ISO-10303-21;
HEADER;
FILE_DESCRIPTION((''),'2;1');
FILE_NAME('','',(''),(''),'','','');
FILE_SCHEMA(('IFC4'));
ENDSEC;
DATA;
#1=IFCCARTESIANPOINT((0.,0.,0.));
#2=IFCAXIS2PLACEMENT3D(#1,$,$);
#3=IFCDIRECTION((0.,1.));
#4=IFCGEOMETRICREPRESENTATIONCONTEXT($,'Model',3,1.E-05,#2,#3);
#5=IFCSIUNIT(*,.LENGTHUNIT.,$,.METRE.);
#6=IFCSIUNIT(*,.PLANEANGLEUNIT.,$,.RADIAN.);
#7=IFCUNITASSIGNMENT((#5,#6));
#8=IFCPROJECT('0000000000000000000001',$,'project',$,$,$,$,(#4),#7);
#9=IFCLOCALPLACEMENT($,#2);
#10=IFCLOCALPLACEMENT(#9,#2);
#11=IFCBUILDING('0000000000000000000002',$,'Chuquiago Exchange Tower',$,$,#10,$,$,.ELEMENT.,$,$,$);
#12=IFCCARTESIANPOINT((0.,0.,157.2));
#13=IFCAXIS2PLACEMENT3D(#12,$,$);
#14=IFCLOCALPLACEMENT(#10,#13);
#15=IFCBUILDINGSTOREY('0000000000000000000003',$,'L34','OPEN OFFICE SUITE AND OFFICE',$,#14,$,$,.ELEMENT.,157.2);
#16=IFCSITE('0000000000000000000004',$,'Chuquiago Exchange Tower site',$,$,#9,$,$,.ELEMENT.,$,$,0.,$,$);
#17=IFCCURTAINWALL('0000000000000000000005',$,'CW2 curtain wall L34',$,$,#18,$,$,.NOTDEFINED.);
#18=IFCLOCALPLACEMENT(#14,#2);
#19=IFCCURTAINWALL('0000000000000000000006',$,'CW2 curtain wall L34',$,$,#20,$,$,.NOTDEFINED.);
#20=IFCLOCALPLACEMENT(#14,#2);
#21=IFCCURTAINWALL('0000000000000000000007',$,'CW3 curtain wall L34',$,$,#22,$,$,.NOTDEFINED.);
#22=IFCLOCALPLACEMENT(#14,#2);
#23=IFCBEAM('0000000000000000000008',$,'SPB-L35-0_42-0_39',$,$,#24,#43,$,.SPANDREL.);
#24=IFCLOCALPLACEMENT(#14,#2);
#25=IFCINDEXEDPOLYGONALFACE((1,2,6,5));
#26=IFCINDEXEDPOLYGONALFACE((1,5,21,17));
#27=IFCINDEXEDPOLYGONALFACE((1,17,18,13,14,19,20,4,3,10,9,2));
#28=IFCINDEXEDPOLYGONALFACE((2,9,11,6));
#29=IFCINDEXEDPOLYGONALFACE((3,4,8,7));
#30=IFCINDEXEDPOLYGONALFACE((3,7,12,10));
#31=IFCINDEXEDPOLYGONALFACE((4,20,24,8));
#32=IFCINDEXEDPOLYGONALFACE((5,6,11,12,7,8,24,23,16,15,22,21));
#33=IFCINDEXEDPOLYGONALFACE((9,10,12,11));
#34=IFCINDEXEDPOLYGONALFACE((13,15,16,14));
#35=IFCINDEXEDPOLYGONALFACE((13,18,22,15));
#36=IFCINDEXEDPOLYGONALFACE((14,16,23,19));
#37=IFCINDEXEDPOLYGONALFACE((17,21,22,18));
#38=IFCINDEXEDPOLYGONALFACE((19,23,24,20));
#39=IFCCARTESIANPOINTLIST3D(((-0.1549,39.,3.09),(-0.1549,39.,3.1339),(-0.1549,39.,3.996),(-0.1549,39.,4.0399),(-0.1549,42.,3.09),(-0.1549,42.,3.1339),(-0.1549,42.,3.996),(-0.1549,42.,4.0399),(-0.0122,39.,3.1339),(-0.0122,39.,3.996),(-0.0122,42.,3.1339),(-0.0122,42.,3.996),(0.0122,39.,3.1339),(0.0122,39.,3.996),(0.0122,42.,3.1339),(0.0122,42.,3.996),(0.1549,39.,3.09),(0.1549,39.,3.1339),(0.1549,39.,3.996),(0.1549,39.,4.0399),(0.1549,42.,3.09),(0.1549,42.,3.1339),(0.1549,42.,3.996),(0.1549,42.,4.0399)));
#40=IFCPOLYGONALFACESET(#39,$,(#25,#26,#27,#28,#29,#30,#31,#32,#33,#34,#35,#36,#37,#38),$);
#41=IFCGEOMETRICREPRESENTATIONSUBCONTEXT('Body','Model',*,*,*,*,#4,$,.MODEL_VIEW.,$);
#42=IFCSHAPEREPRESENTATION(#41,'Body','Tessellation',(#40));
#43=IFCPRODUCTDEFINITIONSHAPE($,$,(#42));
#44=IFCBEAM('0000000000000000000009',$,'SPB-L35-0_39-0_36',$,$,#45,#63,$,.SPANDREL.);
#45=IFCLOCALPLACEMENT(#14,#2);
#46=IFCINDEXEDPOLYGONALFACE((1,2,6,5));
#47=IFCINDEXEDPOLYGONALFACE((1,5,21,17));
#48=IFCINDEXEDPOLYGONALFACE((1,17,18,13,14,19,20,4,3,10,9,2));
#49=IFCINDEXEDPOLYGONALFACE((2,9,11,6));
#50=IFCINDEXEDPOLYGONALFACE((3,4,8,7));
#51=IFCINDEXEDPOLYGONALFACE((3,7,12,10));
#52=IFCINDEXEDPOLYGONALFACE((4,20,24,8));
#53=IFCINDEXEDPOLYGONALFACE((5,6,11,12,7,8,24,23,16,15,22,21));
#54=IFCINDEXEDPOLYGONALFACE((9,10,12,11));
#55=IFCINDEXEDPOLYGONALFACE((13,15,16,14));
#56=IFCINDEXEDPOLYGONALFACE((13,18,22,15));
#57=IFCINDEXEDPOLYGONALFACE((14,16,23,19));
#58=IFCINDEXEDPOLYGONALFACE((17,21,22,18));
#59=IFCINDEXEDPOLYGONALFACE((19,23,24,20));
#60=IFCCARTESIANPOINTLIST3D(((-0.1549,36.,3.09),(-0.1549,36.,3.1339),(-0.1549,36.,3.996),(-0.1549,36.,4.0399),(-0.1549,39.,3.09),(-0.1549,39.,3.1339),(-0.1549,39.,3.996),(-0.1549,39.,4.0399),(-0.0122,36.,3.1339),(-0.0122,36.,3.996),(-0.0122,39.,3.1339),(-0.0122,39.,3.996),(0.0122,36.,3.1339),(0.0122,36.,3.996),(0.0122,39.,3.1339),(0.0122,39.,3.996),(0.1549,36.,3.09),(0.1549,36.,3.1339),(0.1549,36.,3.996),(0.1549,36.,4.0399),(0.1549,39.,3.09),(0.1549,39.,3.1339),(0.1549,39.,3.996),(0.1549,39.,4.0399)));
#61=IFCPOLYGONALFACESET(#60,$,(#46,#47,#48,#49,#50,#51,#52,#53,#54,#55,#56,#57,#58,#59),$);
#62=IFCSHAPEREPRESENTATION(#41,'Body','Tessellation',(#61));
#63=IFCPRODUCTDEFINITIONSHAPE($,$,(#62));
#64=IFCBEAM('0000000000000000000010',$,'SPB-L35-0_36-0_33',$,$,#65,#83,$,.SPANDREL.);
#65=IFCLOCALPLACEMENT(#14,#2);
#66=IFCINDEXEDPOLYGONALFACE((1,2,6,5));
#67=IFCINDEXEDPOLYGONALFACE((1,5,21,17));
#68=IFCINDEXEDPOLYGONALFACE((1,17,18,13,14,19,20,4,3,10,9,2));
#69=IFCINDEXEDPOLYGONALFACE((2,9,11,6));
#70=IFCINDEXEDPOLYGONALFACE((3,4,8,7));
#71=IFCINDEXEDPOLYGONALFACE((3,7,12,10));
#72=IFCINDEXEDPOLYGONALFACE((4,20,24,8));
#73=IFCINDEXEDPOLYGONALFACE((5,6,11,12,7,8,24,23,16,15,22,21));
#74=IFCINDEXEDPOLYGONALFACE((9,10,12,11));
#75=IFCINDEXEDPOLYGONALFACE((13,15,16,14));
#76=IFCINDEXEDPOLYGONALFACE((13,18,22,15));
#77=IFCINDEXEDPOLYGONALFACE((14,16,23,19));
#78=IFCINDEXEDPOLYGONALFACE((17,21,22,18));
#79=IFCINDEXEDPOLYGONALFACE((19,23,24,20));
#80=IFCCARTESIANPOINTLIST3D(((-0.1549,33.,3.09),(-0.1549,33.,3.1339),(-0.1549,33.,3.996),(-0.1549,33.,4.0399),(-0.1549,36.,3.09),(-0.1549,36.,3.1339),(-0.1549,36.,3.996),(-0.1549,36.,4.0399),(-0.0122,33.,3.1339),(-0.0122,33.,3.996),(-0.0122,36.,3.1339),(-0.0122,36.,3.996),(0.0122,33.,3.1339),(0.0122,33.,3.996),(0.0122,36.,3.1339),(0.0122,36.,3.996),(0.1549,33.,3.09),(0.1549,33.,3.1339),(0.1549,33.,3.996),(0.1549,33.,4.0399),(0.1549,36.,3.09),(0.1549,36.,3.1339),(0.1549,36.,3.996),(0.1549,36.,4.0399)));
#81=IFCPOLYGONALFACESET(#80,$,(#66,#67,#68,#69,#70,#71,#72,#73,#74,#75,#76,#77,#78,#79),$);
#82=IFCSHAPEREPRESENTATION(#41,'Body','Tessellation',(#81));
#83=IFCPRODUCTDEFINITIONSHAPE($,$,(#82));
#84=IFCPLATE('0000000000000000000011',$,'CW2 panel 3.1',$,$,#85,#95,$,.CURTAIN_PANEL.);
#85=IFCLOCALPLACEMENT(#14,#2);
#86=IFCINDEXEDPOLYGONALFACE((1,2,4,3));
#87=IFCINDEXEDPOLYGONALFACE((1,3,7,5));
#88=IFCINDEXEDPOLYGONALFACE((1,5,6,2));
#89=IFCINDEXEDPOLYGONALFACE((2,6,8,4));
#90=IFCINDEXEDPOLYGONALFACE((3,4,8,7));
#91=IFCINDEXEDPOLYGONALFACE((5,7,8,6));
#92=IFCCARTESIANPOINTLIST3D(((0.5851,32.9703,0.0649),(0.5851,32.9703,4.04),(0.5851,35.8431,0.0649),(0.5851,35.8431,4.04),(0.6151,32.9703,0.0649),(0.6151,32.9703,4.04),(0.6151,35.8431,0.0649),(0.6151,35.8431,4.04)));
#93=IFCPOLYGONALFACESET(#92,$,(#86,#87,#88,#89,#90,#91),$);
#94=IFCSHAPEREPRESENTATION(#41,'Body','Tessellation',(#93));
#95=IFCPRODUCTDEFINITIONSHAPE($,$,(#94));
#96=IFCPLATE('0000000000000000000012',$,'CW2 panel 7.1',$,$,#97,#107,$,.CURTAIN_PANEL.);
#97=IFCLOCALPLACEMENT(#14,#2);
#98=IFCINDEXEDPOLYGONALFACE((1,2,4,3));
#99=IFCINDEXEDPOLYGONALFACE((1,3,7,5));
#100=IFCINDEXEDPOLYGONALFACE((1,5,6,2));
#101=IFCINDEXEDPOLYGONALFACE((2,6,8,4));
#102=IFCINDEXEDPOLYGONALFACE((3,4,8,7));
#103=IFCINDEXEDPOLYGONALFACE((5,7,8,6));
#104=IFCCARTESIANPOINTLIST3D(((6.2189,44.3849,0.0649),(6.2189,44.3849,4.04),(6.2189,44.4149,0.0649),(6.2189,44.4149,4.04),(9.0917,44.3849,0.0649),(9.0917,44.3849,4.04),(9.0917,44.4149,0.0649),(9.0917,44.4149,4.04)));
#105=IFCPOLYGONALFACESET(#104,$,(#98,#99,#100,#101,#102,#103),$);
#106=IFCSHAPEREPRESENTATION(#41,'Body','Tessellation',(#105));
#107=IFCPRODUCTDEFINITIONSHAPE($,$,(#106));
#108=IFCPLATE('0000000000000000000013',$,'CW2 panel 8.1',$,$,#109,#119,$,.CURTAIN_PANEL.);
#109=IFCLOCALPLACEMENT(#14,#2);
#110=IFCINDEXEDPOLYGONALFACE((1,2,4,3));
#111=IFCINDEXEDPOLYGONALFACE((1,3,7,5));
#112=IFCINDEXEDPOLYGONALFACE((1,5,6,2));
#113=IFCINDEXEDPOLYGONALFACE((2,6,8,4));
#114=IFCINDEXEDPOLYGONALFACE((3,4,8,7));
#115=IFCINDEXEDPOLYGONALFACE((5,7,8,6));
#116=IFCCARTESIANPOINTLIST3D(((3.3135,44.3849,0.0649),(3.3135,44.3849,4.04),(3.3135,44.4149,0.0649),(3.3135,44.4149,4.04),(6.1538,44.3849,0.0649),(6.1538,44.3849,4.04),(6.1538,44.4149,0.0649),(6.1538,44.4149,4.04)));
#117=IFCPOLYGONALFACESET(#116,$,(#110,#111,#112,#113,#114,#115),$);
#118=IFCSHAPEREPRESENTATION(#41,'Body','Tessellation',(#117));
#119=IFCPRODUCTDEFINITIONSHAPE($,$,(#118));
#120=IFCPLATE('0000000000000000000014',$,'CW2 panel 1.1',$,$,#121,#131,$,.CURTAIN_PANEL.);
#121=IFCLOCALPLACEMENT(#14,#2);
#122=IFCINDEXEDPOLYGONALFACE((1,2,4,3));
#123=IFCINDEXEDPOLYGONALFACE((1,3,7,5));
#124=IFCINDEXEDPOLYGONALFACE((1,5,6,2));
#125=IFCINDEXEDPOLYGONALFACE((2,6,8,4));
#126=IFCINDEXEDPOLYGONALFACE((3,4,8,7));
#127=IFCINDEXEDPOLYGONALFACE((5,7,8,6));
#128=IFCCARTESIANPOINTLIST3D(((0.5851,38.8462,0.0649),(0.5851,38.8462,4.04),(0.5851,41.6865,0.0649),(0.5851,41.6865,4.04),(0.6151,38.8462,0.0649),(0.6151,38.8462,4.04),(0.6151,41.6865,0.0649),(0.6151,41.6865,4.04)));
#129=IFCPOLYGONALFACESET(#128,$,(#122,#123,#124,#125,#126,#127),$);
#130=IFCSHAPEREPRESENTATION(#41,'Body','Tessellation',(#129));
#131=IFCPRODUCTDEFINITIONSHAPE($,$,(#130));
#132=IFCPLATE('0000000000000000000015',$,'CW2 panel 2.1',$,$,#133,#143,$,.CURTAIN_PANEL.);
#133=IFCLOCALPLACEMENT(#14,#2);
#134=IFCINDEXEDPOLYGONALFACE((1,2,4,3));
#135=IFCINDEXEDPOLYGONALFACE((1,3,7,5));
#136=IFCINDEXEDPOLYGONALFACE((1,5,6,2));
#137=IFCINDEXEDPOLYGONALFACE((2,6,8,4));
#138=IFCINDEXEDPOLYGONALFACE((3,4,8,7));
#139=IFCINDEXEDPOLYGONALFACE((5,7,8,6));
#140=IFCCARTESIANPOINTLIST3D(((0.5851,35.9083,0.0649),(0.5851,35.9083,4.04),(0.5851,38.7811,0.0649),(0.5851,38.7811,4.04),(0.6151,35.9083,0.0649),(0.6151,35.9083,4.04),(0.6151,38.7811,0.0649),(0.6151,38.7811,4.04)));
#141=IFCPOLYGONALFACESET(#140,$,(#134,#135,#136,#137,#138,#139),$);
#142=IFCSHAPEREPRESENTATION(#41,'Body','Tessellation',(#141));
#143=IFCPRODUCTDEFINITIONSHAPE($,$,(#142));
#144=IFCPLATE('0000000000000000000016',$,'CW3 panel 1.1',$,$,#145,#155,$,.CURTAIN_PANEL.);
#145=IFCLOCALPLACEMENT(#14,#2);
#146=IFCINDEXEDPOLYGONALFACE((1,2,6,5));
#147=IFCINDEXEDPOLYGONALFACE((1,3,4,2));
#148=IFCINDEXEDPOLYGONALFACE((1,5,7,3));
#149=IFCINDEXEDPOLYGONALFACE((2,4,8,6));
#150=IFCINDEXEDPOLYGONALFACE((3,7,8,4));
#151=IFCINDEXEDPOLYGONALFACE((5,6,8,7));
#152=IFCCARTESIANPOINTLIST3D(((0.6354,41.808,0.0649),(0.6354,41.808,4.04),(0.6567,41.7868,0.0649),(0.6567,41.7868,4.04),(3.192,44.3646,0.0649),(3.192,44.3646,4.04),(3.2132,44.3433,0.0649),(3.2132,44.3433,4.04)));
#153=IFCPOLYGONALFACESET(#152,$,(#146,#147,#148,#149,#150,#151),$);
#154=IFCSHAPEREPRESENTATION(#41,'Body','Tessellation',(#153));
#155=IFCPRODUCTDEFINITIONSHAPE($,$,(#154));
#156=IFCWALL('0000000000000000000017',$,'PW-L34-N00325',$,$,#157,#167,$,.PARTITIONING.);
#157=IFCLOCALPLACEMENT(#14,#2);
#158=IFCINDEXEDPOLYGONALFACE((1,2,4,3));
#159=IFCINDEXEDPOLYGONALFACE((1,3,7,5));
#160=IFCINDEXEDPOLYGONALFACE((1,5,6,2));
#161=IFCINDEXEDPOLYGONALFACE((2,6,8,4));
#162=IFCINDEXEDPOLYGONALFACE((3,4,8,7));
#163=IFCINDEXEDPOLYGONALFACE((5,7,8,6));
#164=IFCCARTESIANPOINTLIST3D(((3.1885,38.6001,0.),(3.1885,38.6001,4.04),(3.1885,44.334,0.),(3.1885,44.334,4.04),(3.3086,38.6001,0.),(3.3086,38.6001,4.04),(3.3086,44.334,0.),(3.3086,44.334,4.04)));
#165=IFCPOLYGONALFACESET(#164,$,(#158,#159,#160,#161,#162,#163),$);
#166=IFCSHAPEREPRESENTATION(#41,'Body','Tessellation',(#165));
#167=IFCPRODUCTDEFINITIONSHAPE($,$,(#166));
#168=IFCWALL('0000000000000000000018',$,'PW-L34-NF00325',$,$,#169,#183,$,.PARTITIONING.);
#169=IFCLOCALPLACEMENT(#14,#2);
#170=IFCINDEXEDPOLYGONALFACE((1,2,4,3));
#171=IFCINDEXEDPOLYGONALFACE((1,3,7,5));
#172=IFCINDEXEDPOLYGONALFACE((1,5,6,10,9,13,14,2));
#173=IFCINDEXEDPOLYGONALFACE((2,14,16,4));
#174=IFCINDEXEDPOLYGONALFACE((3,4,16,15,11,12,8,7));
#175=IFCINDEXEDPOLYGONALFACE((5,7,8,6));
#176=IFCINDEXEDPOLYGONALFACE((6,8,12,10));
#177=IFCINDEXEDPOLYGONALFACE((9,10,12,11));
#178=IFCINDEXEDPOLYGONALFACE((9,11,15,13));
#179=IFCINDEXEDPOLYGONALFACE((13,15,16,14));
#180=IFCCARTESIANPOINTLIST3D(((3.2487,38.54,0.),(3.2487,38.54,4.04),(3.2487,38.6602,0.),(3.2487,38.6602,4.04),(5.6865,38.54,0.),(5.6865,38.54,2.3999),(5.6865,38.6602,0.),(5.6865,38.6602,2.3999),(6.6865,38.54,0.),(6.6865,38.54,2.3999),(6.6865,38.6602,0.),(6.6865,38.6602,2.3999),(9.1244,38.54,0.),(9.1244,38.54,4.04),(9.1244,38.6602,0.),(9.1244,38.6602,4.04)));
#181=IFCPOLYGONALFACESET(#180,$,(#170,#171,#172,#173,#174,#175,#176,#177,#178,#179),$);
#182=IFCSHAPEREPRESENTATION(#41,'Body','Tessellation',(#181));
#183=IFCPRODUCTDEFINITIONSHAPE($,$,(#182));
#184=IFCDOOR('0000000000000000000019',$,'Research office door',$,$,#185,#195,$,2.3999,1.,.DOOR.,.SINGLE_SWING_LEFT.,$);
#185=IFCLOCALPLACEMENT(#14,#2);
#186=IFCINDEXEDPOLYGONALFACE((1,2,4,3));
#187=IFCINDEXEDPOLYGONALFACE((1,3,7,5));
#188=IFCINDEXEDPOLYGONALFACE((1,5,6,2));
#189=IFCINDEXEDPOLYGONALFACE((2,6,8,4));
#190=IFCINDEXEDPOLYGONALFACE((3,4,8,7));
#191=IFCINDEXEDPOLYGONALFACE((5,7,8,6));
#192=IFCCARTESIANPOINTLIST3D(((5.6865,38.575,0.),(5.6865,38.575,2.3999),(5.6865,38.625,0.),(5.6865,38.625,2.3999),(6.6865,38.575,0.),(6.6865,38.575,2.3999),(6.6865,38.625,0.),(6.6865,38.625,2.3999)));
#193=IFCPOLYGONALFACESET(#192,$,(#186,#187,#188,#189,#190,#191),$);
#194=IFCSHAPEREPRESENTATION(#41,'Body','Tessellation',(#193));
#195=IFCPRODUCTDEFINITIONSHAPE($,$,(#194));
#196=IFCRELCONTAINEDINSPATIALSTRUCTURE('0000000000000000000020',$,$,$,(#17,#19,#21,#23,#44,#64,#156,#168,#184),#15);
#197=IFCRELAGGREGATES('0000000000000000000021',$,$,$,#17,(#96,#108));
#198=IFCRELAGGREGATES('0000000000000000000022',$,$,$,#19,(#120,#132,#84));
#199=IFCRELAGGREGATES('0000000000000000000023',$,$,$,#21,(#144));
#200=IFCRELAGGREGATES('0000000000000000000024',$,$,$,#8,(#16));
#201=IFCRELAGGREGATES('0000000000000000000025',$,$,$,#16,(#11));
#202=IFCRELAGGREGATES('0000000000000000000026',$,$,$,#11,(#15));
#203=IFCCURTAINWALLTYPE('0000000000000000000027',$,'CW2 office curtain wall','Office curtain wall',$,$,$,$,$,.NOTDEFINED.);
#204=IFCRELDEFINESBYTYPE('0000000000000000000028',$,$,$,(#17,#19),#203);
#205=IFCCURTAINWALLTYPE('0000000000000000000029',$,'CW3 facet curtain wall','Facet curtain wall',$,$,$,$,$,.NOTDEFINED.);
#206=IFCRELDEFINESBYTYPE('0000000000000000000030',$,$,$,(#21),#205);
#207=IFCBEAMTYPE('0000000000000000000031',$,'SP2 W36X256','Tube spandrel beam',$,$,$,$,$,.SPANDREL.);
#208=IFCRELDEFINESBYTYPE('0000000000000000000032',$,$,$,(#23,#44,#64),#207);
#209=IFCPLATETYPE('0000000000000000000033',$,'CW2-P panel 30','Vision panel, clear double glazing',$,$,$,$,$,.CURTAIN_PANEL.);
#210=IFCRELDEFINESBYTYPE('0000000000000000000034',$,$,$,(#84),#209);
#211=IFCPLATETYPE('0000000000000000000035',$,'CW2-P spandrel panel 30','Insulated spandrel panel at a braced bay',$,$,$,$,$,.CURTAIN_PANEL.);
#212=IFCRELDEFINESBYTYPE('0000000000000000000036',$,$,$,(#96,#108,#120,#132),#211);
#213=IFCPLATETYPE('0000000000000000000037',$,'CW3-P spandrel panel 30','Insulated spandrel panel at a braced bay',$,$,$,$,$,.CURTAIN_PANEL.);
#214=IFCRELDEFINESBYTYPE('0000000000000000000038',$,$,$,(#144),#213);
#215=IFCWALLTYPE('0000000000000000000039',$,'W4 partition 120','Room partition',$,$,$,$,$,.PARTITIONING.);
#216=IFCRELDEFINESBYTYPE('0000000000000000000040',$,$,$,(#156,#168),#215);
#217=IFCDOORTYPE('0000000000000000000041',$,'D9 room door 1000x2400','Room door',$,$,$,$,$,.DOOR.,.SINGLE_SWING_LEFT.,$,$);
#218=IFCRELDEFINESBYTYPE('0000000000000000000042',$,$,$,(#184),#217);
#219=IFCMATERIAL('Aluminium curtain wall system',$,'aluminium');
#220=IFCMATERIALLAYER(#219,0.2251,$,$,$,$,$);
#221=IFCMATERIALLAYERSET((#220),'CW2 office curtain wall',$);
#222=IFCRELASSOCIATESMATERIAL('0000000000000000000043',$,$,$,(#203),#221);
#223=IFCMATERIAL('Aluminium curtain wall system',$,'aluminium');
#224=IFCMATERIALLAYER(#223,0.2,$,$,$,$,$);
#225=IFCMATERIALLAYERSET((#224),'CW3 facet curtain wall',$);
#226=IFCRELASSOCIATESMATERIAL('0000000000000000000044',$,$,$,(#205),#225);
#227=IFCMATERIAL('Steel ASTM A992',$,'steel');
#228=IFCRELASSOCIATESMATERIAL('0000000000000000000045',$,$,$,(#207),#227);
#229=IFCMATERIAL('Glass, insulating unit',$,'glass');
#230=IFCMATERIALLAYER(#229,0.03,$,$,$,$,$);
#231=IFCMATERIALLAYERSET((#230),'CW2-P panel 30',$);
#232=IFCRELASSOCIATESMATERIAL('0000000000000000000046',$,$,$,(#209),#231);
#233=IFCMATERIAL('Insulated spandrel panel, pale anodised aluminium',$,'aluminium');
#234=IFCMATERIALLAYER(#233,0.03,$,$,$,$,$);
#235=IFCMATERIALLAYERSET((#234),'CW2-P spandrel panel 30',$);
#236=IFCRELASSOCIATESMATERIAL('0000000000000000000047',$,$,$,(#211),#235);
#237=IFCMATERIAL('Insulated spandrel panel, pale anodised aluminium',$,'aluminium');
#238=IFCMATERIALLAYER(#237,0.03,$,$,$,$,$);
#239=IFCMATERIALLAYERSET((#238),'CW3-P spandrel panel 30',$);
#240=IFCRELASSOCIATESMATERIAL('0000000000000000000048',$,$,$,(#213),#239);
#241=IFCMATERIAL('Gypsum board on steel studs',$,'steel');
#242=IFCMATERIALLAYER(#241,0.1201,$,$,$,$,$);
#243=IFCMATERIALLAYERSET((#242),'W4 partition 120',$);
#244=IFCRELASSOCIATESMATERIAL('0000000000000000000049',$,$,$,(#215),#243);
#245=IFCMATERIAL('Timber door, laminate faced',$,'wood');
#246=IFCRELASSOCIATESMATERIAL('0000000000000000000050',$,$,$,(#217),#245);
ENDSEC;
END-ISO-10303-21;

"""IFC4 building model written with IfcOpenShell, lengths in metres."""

from ifc_helpers import new_model, si_unit, direction, frame, frame_2d, origin, origin_2d, place, context, subcontext, project, spatial, rectangle, i_section, extrude, material, layer, layer_set, material_profile, profile_set, type_object, element, fill, aggregate, save


model = new_model("IFC4")

# Units and contexts
model_context = context("Model", 3, precision=1e-05, world=origin(), true_north=direction((0.0, 1.0)))
body_context = subcontext(model_context, "Body", "Model", "MODEL_VIEW")
ifc_project = project(units=[si_unit("LENGTHUNIT", "METRE"), si_unit("PLANEANGLEUNIT", "RADIAN")], contexts=[model_context])

# Site, building, storey
site_placement = place(None, origin())
site = spatial("IfcSite", under=ifc_project, at=site_placement, Name="Chuquiago Exchange Tower site", CompositionType="ELEMENT", RefElevation=0.0)
building_placement = place(site_placement, origin())
building = spatial("IfcBuilding", under=site, at=building_placement, Name="Chuquiago Exchange Tower", CompositionType="ELEMENT")
storey_placement = place(building_placement, frame((0.0, 0.0, 157.2)))
storey = spatial("IfcBuildingStorey", under=building, at=storey_placement, Name="L34", Description="OPEN OFFICE SUITE AND OFFICE", CompositionType="ELEMENT", Elevation=157.2)

# Curtain walls
ifc_material_1 = material(Name="Aluminium curtain wall system", Category="aluminium")
ifc_layer_1 = layer(ifc_material_1, 0.2251)
ifc_layer_set_1 = layer_set([ifc_layer_1], Name="CW2 office curtain wall")
curtain_wall_type_1 = type_object("IfcCurtainWallType", Name="CW2 office curtain wall", Description="Office curtain wall", PredefinedType="NOTDEFINED", material=ifc_layer_set_1)
curtain_wall_1_placement = place(storey_placement, origin())
curtain_wall_1 = element("IfcCurtainWall", 1, at=curtain_wall_1_placement, inside=storey, type_object=curtain_wall_type_1, Name="CW2 curtain wall L34", PredefinedType="NOTDEFINED")
curtain_wall_2_placement = place(storey_placement, origin())
curtain_wall_2 = element("IfcCurtainWall", 2, at=curtain_wall_2_placement, inside=storey, type_object=curtain_wall_type_1, Name="CW2 curtain wall L34", PredefinedType="NOTDEFINED")

# Curtain wall
ifc_material_2 = material(Name="Aluminium curtain wall system", Category="aluminium")
ifc_layer_2 = layer(ifc_material_2, 0.2)
ifc_layer_set_2 = layer_set([ifc_layer_2], Name="CW3 facet curtain wall")
curtain_wall_type_2 = type_object("IfcCurtainWallType", Name="CW3 facet curtain wall", Description="Facet curtain wall", PredefinedType="NOTDEFINED", material=ifc_layer_set_2)
curtain_wall_3_placement = place(storey_placement, origin())
curtain_wall_3 = element("IfcCurtainWall", 3, at=curtain_wall_3_placement, inside=storey, type_object=curtain_wall_type_2, Name="CW3 curtain wall L34", PredefinedType="NOTDEFINED")

# Beams
ifc_material_3 = material(Name="Steel ASTM A992", Category="steel")
ifc_material_profile_1 = material_profile(ifc_material_3, i_section(OverallWidth=0.3098, OverallDepth=0.95, WebThickness=0.0244, FlangeThickness=0.0439, at=origin_2d()), Name="W36X256")
ifc_profile_set_1 = profile_set([ifc_material_profile_1], Name="Steel ASTM A992")
beam_type = type_object("IfcBeamType", Name="SP2 W36X256", Description="Tube spandrel beam", PredefinedType="SPANDREL", material=ifc_profile_set_1)
for number, where, z_axis, x_axis, name in (
    (4, (0.0, 42.0, 3.5649), (0.0, -1.0, 0.0), (1.0, 0.0, 0.0), "SPB-L35-0_42-0_39"),
    (5, (0.0, 39.0, 3.5649), (0.0, -1.0, 0.0), (1.0, 0.0, 0.0), "SPB-L35-0_39-0_36"),
    (6, (0.0, 36.0, 3.5649), (0.0, -1.0, 0.0), (1.0, 0.0, 0.0), "SPB-L35-0_36-0_33"),
):
    element("IfcBeam", number, at=place(storey_placement, frame(where, z_axis=z_axis, x_axis=x_axis)), inside=storey, type_object=beam_type, Name=name, PredefinedType="SPANDREL", context=body_context, shape_type="SweptSolid", body=[
        extrude(i_section(OverallWidth=0.3098, OverallDepth=0.95, WebThickness=0.0244, FlangeThickness=0.0439, at=origin_2d()), origin(), (0.0, 0.0, 1.0), 3.0),
    ])

# Plates
ifc_material_4 = material(Name="Glass, insulating unit", Category="glass")
ifc_layer_3 = layer(ifc_material_4, 0.03)
ifc_layer_set_3 = layer_set([ifc_layer_3], Name="CW2-P panel 30")
plate_type_1 = type_object("IfcPlateType", Name="CW2-P panel 30", Description="Vision panel, clear double glazing", PredefinedType="CURTAIN_PANEL", material=ifc_layer_set_3)
plate_1_placement = place(storey_placement, frame((0.6001, 34.4067, 0.0649), z_axis=(0.0, 0.0, 1.0), x_axis=(0.0, -1.0, 0.0)))
plate_1 = element("IfcPlate", 7, at=plate_1_placement, type_object=plate_type_1, Name="CW2 panel 3.1", PredefinedType="CURTAIN_PANEL", context=body_context, shape_type="SweptSolid", body=[
    extrude(rectangle(XDim=2.8728, YDim=0.03, at=origin_2d()), origin(), (0.0, 0.0, 1.0), 3.9751),
])
ifc_material_5 = material(Name="Insulated spandrel panel, pale anodised aluminium", Category="aluminium")
ifc_layer_4 = layer(ifc_material_5, 0.03)
ifc_layer_set_4 = layer_set([ifc_layer_4], Name="CW2-P spandrel panel 30")
plate_type_2 = type_object("IfcPlateType", Name="CW2-P spandrel panel 30", Description="Insulated spandrel panel at a braced bay", PredefinedType="CURTAIN_PANEL", material=ifc_layer_set_4)
plate_2_placement = place(storey_placement, frame((7.6553, 44.3999, 0.0649), z_axis=(0.0, 0.0, 1.0), x_axis=(-1.0, 0.0, 0.0)))
plate_2 = element("IfcPlate", 8, at=plate_2_placement, type_object=plate_type_2, Name="CW2 panel 7.1", PredefinedType="CURTAIN_PANEL", context=body_context, shape_type="SweptSolid", body=[
    extrude(rectangle(XDim=2.8728, YDim=0.03, at=origin_2d()), origin(), (0.0, 0.0, 1.0), 3.9751),
])
plate_3_placement = place(storey_placement, frame((4.7336, 44.3999, 0.0649), z_axis=(0.0, 0.0, 1.0), x_axis=(-1.0, 0.0, 0.0)))
plate_3 = element("IfcPlate", 9, at=plate_3_placement, type_object=plate_type_2, Name="CW2 panel 8.1", PredefinedType="CURTAIN_PANEL", context=body_context, shape_type="SweptSolid", body=[
    extrude(rectangle(XDim=2.8403, YDim=0.03, at=origin_2d()), origin(), (0.0, 0.0, 1.0), 3.9751),
])
aggregate(curtain_wall_1, [plate_2, plate_3])
plate_4_placement = place(storey_placement, frame((0.6001, 40.2664, 0.0649), z_axis=(0.0, 0.0, 1.0), x_axis=(0.0, -1.0, 0.0)))
plate_4 = element("IfcPlate", 10, at=plate_4_placement, type_object=plate_type_2, Name="CW2 panel 1.1", PredefinedType="CURTAIN_PANEL", context=body_context, shape_type="SweptSolid", body=[
    extrude(rectangle(XDim=2.8403, YDim=0.03, at=origin_2d()), origin(), (0.0, 0.0, 1.0), 3.9751),
])
plate_5_placement = place(storey_placement, frame((0.6001, 37.3447, 0.0649), z_axis=(0.0, 0.0, 1.0), x_axis=(0.0, -1.0, 0.0)))
plate_5 = element("IfcPlate", 11, at=plate_5_placement, type_object=plate_type_2, Name="CW2 panel 2.1", PredefinedType="CURTAIN_PANEL", context=body_context, shape_type="SweptSolid", body=[
    extrude(rectangle(XDim=2.8728, YDim=0.03, at=origin_2d()), origin(), (0.0, 0.0, 1.0), 3.9751),
])
aggregate(curtain_wall_2, [plate_4, plate_5, plate_1])
ifc_material_6 = material(Name="Insulated spandrel panel, pale anodised aluminium", Category="aluminium")
ifc_layer_5 = layer(ifc_material_6, 0.03)
ifc_layer_set_5 = layer_set([ifc_layer_5], Name="CW3-P spandrel panel 30")
plate_type_3 = type_object("IfcPlateType", Name="CW3-P spandrel panel 30", Description="Insulated spandrel panel at a braced bay", PredefinedType="CURTAIN_PANEL", material=ifc_layer_set_5)
plate_6_placement = place(storey_placement, frame((1.9243, 43.0757, 0.0649), z_axis=(0.0, 0.0, 1.0), x_axis=(-0.707107, -0.707107, 0.0)))
plate_6 = element("IfcPlate", 12, at=plate_6_placement, type_object=plate_type_3, Name="CW3 panel 1.1", PredefinedType="CURTAIN_PANEL", context=body_context, shape_type="SweptSolid", body=[
    extrude(rectangle(XDim=3.6155, YDim=0.03, at=origin_2d()), origin(), (0.0, 0.0, 1.0), 3.9751),
])
aggregate(curtain_wall_3, [plate_6])

# Wall
ifc_material_7 = material(Name="Gypsum board on steel studs", Category="steel")
ifc_layer_6 = layer(ifc_material_7, 0.1201)
ifc_layer_set_6 = layer_set([ifc_layer_6], Name="W4 partition 120")
wall_type = type_object("IfcWallType", Name="W4 partition 120", Description="Room partition", PredefinedType="PARTITIONING", material=ifc_layer_set_6)
wall_1_placement = place(storey_placement, frame((3.2485, 44.334, 0.0), z_axis=(0.0, 0.0, 1.0), x_axis=(0.0, -1.0, 0.0)))
element("IfcWall", 13, at=wall_1_placement, inside=storey, type_object=wall_type, Name="PW-L34-N00325", PredefinedType="PARTITIONING", context=body_context, shape_type="SweptSolid", body=[
    extrude(rectangle(XDim=5.7339, YDim=0.1201, at=frame_2d((2.8669, 0.0))), origin(), (0.0, 0.0, 1.0), 4.04),
])

# Wall, opening, door
wall_2_placement = place(storey_placement, frame((3.2485, 38.6001, 0.0), z_axis=(0.0, 0.0, 1.0), x_axis=(1.0, 0.0, 0.0)))
wall_2 = element("IfcWall", 14, at=wall_2_placement, inside=storey, type_object=wall_type, Name="PW-L34-NF00325", PredefinedType="PARTITIONING", context=body_context, shape_type="SweptSolid", body=[
    extrude(rectangle(XDim=5.8757, YDim=0.1201, at=frame_2d((2.938, 0.0))), origin(), (0.0, 0.0, 1.0), 4.04),
])
opening_placement = place(wall_2_placement, frame((2.438, 0.0, 0.0)))
opening = element("IfcOpeningElement", 15, at=opening_placement, cuts=wall_2, PredefinedType="OPENING", context=body_context, shape_type="SweptSolid", body=[
    extrude(rectangle(XDim=1.0, YDim=2.3999, at=frame_2d((0.5, 1.2))), frame((0.0, 0.0701, 0.0), z_axis=(0.0, -1.0, 0.0), x_axis=(1.0, 0.0, 0.0)), (0.0, 0.0, 1.0), 0.1401),
])
ifc_material_8 = material(Name="Timber door, laminate faced", Category="wood")
door_type = type_object("IfcDoorType", Name="D9 room door 1000x2400", Description="Room door", OperationType="SINGLE_SWING_LEFT", PredefinedType="DOOR", material=ifc_material_8)
door_placement = place(opening_placement, origin())
door = element("IfcDoor", 16, at=door_placement, inside=storey, type_object=door_type, Name="Research office door", OperationType="SINGLE_SWING_LEFT", OverallHeight=2.3999, OverallWidth=1.0, PredefinedType="DOOR", context=body_context, shape_type="SweptSolid", body=[
    extrude(rectangle(XDim=1.0, YDim=2.3999, at=frame_2d((0.5, 1.2))), frame((0.0, 0.0249, 0.0), z_axis=(0.0, -1.0, 0.0), x_axis=(1.0, 0.0, 0.0)), (0.0, 0.0, 1.0), 0.05),
])
fill(opening, door)

save(model, "model.ifc")
